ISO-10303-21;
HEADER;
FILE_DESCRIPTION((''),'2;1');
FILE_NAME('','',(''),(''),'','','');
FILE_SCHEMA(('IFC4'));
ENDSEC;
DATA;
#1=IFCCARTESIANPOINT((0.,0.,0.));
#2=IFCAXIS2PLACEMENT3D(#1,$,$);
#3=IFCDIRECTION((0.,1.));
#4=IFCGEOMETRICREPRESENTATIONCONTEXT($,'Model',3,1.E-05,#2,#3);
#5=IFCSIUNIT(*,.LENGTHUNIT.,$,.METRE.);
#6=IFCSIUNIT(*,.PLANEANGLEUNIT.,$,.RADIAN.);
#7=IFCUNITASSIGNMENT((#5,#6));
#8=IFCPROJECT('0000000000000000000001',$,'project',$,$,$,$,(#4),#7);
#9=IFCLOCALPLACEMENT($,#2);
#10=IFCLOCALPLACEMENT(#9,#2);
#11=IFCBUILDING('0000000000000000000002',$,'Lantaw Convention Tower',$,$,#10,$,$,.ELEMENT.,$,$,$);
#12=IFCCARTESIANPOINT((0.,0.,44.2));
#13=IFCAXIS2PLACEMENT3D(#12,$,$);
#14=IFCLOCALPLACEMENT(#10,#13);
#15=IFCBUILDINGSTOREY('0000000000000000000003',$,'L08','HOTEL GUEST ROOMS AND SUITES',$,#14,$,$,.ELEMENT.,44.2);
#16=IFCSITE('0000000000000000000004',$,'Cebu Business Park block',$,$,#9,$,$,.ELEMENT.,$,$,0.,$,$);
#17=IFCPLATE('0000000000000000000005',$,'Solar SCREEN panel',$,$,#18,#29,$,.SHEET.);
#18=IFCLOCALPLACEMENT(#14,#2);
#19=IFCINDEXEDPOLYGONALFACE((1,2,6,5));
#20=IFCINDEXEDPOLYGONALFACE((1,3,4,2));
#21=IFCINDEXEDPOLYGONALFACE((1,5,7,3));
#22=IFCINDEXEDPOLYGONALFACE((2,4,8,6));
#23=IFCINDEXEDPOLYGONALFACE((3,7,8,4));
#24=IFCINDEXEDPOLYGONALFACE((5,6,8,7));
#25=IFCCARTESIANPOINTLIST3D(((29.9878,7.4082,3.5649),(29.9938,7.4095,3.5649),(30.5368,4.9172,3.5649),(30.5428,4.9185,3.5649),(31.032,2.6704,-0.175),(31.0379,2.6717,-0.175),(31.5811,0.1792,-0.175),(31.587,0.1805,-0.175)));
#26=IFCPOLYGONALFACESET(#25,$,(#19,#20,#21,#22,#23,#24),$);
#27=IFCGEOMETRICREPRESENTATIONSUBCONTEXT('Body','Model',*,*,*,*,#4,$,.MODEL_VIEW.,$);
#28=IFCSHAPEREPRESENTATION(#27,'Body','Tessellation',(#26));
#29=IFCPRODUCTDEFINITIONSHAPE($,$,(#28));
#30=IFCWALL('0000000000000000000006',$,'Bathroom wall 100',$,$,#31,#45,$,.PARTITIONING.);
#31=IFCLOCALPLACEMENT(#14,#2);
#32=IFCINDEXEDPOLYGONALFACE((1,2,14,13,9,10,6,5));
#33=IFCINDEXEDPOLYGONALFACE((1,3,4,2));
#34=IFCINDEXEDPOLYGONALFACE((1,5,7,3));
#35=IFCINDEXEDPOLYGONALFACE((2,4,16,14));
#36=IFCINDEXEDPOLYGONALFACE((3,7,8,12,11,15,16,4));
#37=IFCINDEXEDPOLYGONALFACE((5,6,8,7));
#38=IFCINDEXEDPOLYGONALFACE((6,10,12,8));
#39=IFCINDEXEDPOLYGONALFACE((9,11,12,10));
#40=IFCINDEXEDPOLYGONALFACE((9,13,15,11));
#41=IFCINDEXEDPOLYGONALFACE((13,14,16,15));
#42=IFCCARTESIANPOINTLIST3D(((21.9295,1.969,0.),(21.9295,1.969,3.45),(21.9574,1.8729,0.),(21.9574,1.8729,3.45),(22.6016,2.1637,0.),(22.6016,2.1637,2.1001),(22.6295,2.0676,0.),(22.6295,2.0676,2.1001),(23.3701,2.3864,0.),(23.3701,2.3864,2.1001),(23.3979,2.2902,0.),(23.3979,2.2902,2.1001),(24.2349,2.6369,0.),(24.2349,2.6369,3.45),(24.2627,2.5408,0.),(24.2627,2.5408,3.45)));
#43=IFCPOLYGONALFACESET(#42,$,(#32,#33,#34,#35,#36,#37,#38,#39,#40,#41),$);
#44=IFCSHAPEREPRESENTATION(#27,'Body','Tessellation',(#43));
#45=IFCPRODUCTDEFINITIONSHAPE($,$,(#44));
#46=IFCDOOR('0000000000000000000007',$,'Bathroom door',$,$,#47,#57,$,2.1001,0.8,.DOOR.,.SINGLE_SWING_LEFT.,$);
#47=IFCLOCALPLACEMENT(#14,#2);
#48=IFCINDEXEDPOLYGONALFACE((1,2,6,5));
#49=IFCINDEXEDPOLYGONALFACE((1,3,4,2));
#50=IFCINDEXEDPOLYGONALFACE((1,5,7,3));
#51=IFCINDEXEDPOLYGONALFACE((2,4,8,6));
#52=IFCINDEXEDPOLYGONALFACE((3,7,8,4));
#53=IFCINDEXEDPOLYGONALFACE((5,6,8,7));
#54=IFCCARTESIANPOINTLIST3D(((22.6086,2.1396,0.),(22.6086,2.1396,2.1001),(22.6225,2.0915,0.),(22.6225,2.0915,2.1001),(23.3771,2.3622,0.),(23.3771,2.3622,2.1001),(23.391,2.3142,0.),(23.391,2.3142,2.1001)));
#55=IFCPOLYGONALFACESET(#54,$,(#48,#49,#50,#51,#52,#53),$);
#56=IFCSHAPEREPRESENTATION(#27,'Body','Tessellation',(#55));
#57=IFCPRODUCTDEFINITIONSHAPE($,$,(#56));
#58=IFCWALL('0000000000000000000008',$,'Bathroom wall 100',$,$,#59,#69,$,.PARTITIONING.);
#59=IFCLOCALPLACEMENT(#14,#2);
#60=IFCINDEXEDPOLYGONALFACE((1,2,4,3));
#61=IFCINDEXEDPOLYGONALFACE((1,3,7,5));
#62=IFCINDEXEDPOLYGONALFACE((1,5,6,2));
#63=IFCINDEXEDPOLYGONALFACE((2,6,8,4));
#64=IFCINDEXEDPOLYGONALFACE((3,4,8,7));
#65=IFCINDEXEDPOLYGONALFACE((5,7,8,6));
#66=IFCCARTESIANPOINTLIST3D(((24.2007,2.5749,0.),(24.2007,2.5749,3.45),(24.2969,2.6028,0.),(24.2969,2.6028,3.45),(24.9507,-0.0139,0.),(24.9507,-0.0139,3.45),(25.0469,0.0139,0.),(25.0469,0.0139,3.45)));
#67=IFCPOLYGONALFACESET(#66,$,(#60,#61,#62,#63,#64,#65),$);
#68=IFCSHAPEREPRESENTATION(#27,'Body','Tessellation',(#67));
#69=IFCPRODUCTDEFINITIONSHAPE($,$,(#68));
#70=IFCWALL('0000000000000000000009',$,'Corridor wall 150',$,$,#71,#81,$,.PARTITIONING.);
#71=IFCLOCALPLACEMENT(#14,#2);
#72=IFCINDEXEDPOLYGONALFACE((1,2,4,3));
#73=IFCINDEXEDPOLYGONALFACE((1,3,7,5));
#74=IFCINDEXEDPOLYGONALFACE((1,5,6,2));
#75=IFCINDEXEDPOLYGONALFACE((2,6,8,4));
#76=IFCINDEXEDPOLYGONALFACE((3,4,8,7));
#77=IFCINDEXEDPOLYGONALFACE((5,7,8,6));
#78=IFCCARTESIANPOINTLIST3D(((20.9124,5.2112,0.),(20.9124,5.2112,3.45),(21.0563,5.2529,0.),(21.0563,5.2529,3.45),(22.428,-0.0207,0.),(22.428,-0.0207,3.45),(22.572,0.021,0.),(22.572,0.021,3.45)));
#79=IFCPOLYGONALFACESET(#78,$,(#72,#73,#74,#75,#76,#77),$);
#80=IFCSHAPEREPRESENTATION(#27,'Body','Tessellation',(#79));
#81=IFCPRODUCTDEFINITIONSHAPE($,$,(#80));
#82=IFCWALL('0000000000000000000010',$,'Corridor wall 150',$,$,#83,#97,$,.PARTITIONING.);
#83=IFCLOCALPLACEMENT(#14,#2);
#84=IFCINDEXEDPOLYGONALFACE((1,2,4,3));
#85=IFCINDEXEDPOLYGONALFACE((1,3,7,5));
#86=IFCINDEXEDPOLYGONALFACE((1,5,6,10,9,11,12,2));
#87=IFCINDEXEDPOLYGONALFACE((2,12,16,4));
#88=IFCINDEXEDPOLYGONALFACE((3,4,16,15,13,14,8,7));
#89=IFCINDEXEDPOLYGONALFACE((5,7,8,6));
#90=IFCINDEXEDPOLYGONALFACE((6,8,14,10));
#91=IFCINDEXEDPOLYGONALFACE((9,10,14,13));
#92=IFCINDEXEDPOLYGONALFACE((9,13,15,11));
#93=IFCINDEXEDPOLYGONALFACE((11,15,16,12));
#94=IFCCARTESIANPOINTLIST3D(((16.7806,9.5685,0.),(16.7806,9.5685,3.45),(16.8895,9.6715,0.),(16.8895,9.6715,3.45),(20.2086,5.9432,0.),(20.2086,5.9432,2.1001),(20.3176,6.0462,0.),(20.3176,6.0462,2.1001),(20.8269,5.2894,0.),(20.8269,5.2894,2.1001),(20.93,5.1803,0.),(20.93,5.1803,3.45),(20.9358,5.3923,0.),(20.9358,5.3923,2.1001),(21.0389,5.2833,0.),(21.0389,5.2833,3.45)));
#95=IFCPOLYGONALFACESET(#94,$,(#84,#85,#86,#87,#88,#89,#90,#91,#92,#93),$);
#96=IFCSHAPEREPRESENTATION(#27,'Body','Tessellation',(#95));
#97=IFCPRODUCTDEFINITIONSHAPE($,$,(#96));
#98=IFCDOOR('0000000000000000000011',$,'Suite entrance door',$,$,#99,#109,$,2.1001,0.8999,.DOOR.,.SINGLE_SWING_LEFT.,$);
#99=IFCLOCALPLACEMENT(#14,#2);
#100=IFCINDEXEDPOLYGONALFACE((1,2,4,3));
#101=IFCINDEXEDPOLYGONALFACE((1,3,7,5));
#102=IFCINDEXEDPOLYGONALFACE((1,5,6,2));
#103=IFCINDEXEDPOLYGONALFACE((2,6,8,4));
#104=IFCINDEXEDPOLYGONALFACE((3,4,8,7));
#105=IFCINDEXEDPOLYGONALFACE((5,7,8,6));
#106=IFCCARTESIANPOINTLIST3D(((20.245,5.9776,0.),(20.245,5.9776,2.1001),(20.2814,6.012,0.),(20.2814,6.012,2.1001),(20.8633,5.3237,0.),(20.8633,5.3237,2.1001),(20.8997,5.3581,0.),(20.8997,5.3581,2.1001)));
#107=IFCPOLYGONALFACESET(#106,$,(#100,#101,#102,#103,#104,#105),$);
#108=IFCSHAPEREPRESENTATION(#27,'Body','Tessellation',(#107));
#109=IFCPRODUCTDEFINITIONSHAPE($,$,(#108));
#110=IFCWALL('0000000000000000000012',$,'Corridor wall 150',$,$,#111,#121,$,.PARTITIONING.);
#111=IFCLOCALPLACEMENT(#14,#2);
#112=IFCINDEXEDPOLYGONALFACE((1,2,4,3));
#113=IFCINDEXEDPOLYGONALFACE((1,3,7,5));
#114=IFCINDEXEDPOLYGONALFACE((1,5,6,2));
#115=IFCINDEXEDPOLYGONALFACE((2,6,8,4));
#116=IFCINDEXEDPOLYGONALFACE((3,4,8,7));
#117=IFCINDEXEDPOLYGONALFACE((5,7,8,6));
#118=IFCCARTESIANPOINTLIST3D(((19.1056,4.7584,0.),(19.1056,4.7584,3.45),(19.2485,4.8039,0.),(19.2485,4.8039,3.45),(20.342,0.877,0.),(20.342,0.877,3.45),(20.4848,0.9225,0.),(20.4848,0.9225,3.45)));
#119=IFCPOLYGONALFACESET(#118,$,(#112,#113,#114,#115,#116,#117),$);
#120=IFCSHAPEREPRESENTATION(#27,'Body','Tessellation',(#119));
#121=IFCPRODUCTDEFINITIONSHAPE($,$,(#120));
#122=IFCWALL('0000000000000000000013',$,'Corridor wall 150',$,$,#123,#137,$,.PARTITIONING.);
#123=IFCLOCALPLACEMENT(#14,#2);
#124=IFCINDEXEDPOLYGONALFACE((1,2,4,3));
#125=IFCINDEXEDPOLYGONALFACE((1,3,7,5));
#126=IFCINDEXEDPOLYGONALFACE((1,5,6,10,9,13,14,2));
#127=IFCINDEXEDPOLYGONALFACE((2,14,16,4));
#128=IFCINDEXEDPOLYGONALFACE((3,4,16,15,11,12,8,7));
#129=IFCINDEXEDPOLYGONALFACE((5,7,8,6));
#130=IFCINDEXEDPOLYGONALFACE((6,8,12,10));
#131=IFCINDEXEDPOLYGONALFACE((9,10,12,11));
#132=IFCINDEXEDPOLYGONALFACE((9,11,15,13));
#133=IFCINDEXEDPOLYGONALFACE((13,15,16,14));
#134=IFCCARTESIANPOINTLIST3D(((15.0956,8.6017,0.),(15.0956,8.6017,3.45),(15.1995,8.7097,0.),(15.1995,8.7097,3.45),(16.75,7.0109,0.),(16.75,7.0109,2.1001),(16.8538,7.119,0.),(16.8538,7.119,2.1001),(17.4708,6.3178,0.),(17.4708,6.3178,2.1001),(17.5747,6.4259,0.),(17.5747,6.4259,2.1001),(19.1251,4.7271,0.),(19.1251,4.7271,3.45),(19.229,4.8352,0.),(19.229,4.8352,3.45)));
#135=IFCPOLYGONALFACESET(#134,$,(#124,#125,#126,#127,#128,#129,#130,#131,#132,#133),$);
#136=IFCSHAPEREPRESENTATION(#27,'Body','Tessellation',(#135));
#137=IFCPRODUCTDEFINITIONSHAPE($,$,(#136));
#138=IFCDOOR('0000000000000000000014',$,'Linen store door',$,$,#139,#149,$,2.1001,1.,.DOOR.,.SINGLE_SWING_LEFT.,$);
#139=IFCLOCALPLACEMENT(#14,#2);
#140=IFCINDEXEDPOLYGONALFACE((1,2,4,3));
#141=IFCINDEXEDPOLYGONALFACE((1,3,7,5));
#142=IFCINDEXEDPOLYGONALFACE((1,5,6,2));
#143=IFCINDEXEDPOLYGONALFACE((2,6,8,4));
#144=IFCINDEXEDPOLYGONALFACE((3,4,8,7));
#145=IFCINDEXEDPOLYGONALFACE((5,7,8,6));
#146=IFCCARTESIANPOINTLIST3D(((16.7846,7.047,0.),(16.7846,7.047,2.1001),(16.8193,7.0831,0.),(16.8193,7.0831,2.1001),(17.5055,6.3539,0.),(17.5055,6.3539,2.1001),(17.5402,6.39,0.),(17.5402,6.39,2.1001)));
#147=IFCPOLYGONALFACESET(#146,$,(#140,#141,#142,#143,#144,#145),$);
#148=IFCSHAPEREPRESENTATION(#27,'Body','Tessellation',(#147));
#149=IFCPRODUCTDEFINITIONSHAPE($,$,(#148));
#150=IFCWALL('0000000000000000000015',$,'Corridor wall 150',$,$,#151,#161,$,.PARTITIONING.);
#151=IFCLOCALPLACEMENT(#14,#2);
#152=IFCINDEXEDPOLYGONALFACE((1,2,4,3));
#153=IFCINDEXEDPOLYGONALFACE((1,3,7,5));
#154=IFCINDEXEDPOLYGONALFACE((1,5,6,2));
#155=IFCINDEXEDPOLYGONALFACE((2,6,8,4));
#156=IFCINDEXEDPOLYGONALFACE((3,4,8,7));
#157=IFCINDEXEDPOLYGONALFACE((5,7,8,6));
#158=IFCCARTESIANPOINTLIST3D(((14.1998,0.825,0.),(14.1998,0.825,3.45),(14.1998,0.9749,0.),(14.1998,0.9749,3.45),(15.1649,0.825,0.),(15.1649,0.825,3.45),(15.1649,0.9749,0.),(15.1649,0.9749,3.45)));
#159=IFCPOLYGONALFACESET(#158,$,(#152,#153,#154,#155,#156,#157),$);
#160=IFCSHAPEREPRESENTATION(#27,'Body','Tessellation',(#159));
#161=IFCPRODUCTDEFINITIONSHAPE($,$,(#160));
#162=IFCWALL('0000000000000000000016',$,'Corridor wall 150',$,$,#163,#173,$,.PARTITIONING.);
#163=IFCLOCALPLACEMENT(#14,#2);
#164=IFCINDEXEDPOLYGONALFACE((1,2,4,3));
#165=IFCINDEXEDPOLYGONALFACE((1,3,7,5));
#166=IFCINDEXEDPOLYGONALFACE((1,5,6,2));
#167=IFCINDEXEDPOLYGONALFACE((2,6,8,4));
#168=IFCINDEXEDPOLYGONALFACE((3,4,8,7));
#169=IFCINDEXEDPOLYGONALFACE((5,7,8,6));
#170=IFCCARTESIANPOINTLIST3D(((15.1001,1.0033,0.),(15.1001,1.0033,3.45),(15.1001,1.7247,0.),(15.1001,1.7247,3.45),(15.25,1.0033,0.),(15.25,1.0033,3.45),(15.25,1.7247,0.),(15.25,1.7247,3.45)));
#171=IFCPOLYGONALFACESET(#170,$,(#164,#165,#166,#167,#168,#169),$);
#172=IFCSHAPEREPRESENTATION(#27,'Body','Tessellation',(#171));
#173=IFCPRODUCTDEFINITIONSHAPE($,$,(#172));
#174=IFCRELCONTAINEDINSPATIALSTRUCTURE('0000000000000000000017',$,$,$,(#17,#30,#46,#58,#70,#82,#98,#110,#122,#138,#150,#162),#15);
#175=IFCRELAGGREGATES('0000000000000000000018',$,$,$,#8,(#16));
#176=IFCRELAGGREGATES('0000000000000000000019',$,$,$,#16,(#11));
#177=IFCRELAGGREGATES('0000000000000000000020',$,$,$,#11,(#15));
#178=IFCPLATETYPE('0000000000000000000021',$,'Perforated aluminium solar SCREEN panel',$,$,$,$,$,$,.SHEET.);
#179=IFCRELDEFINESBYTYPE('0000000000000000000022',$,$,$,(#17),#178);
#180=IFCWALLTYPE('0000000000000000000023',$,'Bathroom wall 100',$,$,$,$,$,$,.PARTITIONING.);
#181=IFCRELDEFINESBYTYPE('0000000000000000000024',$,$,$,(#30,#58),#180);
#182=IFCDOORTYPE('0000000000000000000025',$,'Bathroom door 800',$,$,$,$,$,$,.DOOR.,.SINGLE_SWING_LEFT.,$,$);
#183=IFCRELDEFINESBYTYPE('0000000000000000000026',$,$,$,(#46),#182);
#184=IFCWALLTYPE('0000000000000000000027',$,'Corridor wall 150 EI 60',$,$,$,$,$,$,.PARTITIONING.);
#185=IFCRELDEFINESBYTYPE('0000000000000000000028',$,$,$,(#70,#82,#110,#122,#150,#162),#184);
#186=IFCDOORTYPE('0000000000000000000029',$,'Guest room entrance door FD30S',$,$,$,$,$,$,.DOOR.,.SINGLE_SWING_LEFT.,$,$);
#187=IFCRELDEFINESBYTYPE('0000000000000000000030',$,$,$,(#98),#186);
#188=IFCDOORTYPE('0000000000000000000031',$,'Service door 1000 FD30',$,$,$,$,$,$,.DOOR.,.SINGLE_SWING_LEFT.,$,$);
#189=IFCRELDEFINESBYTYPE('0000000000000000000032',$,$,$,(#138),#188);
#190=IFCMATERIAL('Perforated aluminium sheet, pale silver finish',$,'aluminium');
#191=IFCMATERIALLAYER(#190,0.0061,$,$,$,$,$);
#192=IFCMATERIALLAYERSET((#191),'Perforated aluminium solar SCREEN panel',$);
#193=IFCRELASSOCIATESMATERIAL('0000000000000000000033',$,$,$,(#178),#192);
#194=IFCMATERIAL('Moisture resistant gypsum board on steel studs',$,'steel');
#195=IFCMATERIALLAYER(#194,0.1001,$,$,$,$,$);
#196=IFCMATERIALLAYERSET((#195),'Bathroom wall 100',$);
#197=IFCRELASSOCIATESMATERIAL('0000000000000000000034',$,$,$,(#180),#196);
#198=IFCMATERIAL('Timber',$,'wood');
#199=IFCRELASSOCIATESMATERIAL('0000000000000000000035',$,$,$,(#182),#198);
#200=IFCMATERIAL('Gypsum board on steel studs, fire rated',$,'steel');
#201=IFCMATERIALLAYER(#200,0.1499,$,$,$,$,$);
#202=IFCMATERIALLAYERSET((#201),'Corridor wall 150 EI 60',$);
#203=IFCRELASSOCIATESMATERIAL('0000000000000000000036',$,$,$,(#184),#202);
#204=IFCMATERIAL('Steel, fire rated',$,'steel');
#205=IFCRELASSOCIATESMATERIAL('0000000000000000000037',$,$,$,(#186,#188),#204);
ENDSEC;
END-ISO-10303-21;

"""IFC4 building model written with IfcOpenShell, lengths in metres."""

from ifc_helpers import new_model, si_unit, direction, frame, frame_2d, origin, place, context, subcontext, project, spatial, polyline, rectangle, outline, extrude, material, layer, layer_set, type_object, element, fill, save


model = new_model("IFC4")

# Units and contexts
model_context = context("Model", 3, precision=1e-05, world=origin(), true_north=direction((0.0, 1.0)))
body_context = subcontext(model_context, "Body", "Model", "MODEL_VIEW")
ifc_project = project(units=[si_unit("LENGTHUNIT", "METRE"), si_unit("PLANEANGLEUNIT", "RADIAN")], contexts=[model_context])

# Site, building, storey
site_placement = place(None, origin())
site = spatial("IfcSite", under=ifc_project, at=site_placement, Name="Cebu Business Park block", CompositionType="ELEMENT", RefElevation=0.0)
building_placement = place(site_placement, origin())
building = spatial("IfcBuilding", under=site, at=building_placement, Name="Lantaw Convention Tower", CompositionType="ELEMENT")
storey_placement = place(building_placement, frame((0.0, 0.0, 44.2)))
storey = spatial("IfcBuildingStorey", under=building, at=storey_placement, Name="L08", Description="HOTEL GUEST ROOMS AND SUITES", CompositionType="ELEMENT", Elevation=44.2)

# Plate
ifc_material_1 = material(Name="Perforated aluminium sheet, pale silver finish", Category="aluminium")
ifc_layer_1 = layer(ifc_material_1, 0.0061)
ifc_layer_set_1 = layer_set([ifc_layer_1], Name="Perforated aluminium solar SCREEN panel")
plate_type = type_object("IfcPlateType", Name="Perforated aluminium solar SCREEN panel", PredefinedType="SHEET", material=ifc_layer_set_1)
plate_placement = place(storey_placement, frame((31.5811, 0.1792, -0.175), z_axis=(-0.976559, -0.215248, 0.00003), x_axis=(-0.215248, 0.976559, 0.0)))
element("IfcPlate", 1, at=plate_placement, inside=storey, type_object=plate_type, Name="Solar SCREEN panel", PredefinedType="SHEET", context=body_context, shape_type="SweptSolid", body=[
    extrude(outline(polyline([(0.0, 0.0), (2.551, 0.0), (7.4025, -3.74), (4.8517, -3.74), (0.0, 0.0)])), origin(), (0.0, 0.0, -1.0), 0.0061),
])

# Wall, opening, door
ifc_material_2 = material(Name="Moisture resistant gypsum board on steel studs", Category="steel")
ifc_layer_2 = layer(ifc_material_2, 0.1001)
ifc_layer_set_2 = layer_set([ifc_layer_2], Name="Bathroom wall 100")
wall_type_1 = type_object("IfcWallType", Name="Bathroom wall 100", PredefinedType="PARTITIONING", material=ifc_layer_set_2)
wall_1_placement = place(storey_placement, frame((21.9434, 1.9209, 0.0), z_axis=(0.0, 0.0, 1.0), x_axis=(0.960496, 0.278293, 0.0)))
wall_1 = element("IfcWall", 2, at=wall_1_placement, inside=storey, type_object=wall_type_1, Name="Bathroom wall 100", PredefinedType="PARTITIONING", context=body_context, shape_type="SweptSolid", body=[
    extrude(rectangle(XDim=2.4001, YDim=0.1001, at=frame_2d((1.2002, 0.0))), origin(), (0.0, 0.0, 1.0), 3.45),
])
opening_1_placement = place(wall_1_placement, frame((0.7, 0.0, 0.0)))
opening_1 = element("IfcOpeningElement", 3, at=opening_1_placement, cuts=wall_1, PredefinedType="OPENING", context=body_context, shape_type="SweptSolid", body=[
    extrude(rectangle(XDim=0.8, YDim=2.1001, at=frame_2d((0.3999, 1.05))), frame((0.0, 0.0601, 0.0), z_axis=(0.0, -1.0, 0.0), x_axis=(1.0, 0.0, 0.0)), (0.0, 0.0, 1.0), 0.1201),
])
ifc_material_3 = material(Name="Timber", Category="wood")
door_type_1 = type_object("IfcDoorType", Name="Bathroom door 800", OperationType="SINGLE_SWING_LEFT", PredefinedType="DOOR", material=ifc_material_3)
door_1_placement = place(opening_1_placement, origin())
door_1 = element("IfcDoor", 4, at=door_1_placement, inside=storey, type_object=door_type_1, Name="Bathroom door", OperationType="SINGLE_SWING_LEFT", OverallHeight=2.1001, OverallWidth=0.8, PredefinedType="DOOR", context=body_context, shape_type="SweptSolid", body=[
    extrude(rectangle(XDim=0.8, YDim=2.1001, at=frame_2d((0.3999, 1.05))), frame((0.0, 0.0249, 0.0), z_axis=(0.0, -1.0, 0.0), x_axis=(1.0, 0.0, 0.0)), (0.0, 0.0, 1.0), 0.05),
])
fill(opening_1, door_1)

# Walls
wall_2_placement = place(storey_placement, frame((24.2488, 2.5889, 0.0), z_axis=(0.0, 0.0, 1.0), x_axis=(0.27826, -0.960506, 0.0)))
element("IfcWall", 5, at=wall_2_placement, inside=storey, type_object=wall_type_1, Name="Bathroom wall 100", PredefinedType="PARTITIONING", context=body_context, shape_type="SweptSolid", body=[
    extrude(rectangle(XDim=2.6953, YDim=0.1001, at=frame_2d((1.3477, 0.0))), origin(), (0.0, 0.0, 1.0), 3.45),
])
ifc_material_4 = material(Name="Gypsum board on steel studs, fire rated", Category="steel")
ifc_layer_3 = layer(ifc_material_4, 0.1499)
ifc_layer_set_3 = layer_set([ifc_layer_3], Name="Corridor wall 150 EI 60")
wall_type_2 = type_object("IfcWallType", Name="Corridor wall 150 EI 60", PredefinedType="PARTITIONING", material=ifc_layer_set_3)
wall_3_placement = place(storey_placement, frame((22.5, 0.0, 0.0), z_axis=(0.0, 0.0, 1.0), x_axis=(-0.278247, 0.960509, 0.0)))
element("IfcWall", 6, at=wall_3_placement, inside=storey, type_object=wall_type_2, Name="Corridor wall 150", PredefinedType="PARTITIONING", context=body_context, shape_type="SweptSolid", body=[
    extrude(rectangle(XDim=5.447, YDim=0.1499, at=frame_2d((2.7236, 0.0))), origin(), (0.0, 0.0, 1.0), 3.45),
])

# Wall, opening, door
wall_4_placement = place(storey_placement, frame((20.9844, 5.2319, 0.0), z_axis=(0.0, 0.0, 1.0), x_axis=(-0.687063, 0.726598, 0.0)))
wall_4 = element("IfcWall", 7, at=wall_4_placement, inside=storey, type_object=wall_type_2, Name="Corridor wall 150", PredefinedType="PARTITIONING", context=body_context, shape_type="SweptSolid", body=[
    extrude(rectangle(XDim=6.0393, YDim=0.1499, at=frame_2d((3.0195, 0.0))), origin(), (0.0, 0.0, 1.0), 3.45),
])
opening_2_placement = place(wall_4_placement, frame((0.1499, 0.0, 0.0)))
opening_2 = element("IfcOpeningElement", 8, at=opening_2_placement, cuts=wall_4, PredefinedType="OPENING", context=body_context, shape_type="SweptSolid", body=[
    extrude(rectangle(XDim=0.8999, YDim=2.1001, at=frame_2d((0.45, 1.05))), frame((0.0, 0.085, 0.0), z_axis=(0.0, -1.0, 0.0), x_axis=(1.0, 0.0, 0.0)), (0.0, 0.0, 1.0), 0.1699),
])
ifc_material_5 = material(Name="Steel, fire rated", Category="steel")
door_type_2 = type_object("IfcDoorType", Name="Guest room entrance door FD30S", OperationType="SINGLE_SWING_LEFT", PredefinedType="DOOR", material=ifc_material_5)
door_2_placement = place(opening_2_placement, origin())
door_2 = element("IfcDoor", 9, at=door_2_placement, inside=storey, type_object=door_type_2, Name="Suite entrance door", OperationType="SINGLE_SWING_LEFT", OverallHeight=2.1001, OverallWidth=0.8999, PredefinedType="DOOR", context=body_context, shape_type="SweptSolid", body=[
    extrude(rectangle(XDim=0.8999, YDim=2.1001, at=frame_2d((0.45, 1.05))), frame((0.0, 0.0249, 0.0), z_axis=(0.0, -1.0, 0.0), x_axis=(1.0, 0.0, 0.0)), (0.0, 0.0, 1.0), 0.05),
])
fill(opening_2, door_2)

# Wall
wall_5_placement = place(storey_placement, frame((20.4133, 0.8999, 0.0), z_axis=(0.0, 0.0, 1.0), x_axis=(-0.303505, 0.95283, 0.0)))
element("IfcWall", 10, at=wall_5_placement, inside=storey, type_object=wall_type_2, Name="Corridor wall 150", PredefinedType="PARTITIONING", context=body_context, shape_type="SweptSolid", body=[
    extrude(rectangle(XDim=4.0735, YDim=0.1499, at=frame_2d((2.0366, 0.0))), origin(), (0.0, 0.0, 1.0), 3.45),
])

# Wall, opening, door
wall_6_placement = place(storey_placement, frame((19.177, 4.7812, 0.0), z_axis=(0.0, 0.0, 1.0), x_axis=(-0.720837, 0.693104, 0.0)))
wall_6 = element("IfcWall", 11, at=wall_6_placement, inside=storey, type_object=wall_type_2, Name="Corridor wall 150", PredefinedType="PARTITIONING", context=body_context, shape_type="SweptSolid", body=[
    extrude(rectangle(XDim=5.5901, YDim=0.1499, at=frame_2d((2.7949, 0.0))), origin(), (0.0, 0.0, 1.0), 3.45),
])
opening_3_placement = place(wall_6_placement, frame((2.2949, 0.0, 0.0)))
opening_3 = element("IfcOpeningElement", 12, at=opening_3_placement, cuts=wall_6, PredefinedType="OPENING", context=body_context, shape_type="SweptSolid", body=[
    extrude(rectangle(XDim=1.0, YDim=2.1001, at=frame_2d((0.5, 1.05))), frame((0.0, 0.085, 0.0), z_axis=(0.0, -1.0, 0.0), x_axis=(1.0, 0.0, 0.0)), (0.0, 0.0, 1.0), 0.1699),
])
door_type_3 = type_object("IfcDoorType", Name="Service door 1000 FD30", OperationType="SINGLE_SWING_LEFT", PredefinedType="DOOR", material=ifc_material_5)
door_3_placement = place(opening_3_placement, origin())
door_3 = element("IfcDoor", 13, at=door_3_placement, inside=storey, type_object=door_type_3, Name="Linen store door", OperationType="SINGLE_SWING_LEFT", OverallHeight=2.1001, OverallWidth=1.0, PredefinedType="DOOR", context=body_context, shape_type="SweptSolid", body=[
    extrude(rectangle(XDim=1.0, YDim=2.1001, at=frame_2d((0.5, 1.05))), frame((0.0, 0.0249, 0.0), z_axis=(0.0, -1.0, 0.0), x_axis=(1.0, 0.0, 0.0)), (0.0, 0.0, 1.0), 0.05),
])
fill(opening_3, door_3)

# Walls
wall_7_placement = place(storey_placement, frame((14.2, 0.8999, 0.0), z_axis=(0.0, 0.0, 1.0), x_axis=(1.0, 0.0, 0.0)))
element("IfcWall", 14, at=wall_7_placement, inside=storey, type_object=wall_type_2, Name="Corridor wall 150", PredefinedType="PARTITIONING", context=body_context, shape_type="SweptSolid", body=[
    extrude(rectangle(XDim=0.9651, YDim=0.1499, at=frame_2d((0.4824, 0.0))), origin(), (0.0, 0.0, 1.0), 3.45),
])
wall_8_placement = place(storey_placement, frame((15.175, 1.0032, 0.0), z_axis=(0.0, 0.0, 1.0), x_axis=(0.0, 1.0, 0.0)))
element("IfcWall", 15, at=wall_8_placement, inside=storey, type_object=wall_type_2, Name="Corridor wall 150", PredefinedType="PARTITIONING", context=body_context, shape_type="SweptSolid", body=[
    extrude(rectangle(XDim=0.7214, YDim=0.1499, at=frame_2d((0.3608, 0.0))), origin(), (0.0, 0.0, 1.0), 3.45),
])

save(model, "model.ifc")
